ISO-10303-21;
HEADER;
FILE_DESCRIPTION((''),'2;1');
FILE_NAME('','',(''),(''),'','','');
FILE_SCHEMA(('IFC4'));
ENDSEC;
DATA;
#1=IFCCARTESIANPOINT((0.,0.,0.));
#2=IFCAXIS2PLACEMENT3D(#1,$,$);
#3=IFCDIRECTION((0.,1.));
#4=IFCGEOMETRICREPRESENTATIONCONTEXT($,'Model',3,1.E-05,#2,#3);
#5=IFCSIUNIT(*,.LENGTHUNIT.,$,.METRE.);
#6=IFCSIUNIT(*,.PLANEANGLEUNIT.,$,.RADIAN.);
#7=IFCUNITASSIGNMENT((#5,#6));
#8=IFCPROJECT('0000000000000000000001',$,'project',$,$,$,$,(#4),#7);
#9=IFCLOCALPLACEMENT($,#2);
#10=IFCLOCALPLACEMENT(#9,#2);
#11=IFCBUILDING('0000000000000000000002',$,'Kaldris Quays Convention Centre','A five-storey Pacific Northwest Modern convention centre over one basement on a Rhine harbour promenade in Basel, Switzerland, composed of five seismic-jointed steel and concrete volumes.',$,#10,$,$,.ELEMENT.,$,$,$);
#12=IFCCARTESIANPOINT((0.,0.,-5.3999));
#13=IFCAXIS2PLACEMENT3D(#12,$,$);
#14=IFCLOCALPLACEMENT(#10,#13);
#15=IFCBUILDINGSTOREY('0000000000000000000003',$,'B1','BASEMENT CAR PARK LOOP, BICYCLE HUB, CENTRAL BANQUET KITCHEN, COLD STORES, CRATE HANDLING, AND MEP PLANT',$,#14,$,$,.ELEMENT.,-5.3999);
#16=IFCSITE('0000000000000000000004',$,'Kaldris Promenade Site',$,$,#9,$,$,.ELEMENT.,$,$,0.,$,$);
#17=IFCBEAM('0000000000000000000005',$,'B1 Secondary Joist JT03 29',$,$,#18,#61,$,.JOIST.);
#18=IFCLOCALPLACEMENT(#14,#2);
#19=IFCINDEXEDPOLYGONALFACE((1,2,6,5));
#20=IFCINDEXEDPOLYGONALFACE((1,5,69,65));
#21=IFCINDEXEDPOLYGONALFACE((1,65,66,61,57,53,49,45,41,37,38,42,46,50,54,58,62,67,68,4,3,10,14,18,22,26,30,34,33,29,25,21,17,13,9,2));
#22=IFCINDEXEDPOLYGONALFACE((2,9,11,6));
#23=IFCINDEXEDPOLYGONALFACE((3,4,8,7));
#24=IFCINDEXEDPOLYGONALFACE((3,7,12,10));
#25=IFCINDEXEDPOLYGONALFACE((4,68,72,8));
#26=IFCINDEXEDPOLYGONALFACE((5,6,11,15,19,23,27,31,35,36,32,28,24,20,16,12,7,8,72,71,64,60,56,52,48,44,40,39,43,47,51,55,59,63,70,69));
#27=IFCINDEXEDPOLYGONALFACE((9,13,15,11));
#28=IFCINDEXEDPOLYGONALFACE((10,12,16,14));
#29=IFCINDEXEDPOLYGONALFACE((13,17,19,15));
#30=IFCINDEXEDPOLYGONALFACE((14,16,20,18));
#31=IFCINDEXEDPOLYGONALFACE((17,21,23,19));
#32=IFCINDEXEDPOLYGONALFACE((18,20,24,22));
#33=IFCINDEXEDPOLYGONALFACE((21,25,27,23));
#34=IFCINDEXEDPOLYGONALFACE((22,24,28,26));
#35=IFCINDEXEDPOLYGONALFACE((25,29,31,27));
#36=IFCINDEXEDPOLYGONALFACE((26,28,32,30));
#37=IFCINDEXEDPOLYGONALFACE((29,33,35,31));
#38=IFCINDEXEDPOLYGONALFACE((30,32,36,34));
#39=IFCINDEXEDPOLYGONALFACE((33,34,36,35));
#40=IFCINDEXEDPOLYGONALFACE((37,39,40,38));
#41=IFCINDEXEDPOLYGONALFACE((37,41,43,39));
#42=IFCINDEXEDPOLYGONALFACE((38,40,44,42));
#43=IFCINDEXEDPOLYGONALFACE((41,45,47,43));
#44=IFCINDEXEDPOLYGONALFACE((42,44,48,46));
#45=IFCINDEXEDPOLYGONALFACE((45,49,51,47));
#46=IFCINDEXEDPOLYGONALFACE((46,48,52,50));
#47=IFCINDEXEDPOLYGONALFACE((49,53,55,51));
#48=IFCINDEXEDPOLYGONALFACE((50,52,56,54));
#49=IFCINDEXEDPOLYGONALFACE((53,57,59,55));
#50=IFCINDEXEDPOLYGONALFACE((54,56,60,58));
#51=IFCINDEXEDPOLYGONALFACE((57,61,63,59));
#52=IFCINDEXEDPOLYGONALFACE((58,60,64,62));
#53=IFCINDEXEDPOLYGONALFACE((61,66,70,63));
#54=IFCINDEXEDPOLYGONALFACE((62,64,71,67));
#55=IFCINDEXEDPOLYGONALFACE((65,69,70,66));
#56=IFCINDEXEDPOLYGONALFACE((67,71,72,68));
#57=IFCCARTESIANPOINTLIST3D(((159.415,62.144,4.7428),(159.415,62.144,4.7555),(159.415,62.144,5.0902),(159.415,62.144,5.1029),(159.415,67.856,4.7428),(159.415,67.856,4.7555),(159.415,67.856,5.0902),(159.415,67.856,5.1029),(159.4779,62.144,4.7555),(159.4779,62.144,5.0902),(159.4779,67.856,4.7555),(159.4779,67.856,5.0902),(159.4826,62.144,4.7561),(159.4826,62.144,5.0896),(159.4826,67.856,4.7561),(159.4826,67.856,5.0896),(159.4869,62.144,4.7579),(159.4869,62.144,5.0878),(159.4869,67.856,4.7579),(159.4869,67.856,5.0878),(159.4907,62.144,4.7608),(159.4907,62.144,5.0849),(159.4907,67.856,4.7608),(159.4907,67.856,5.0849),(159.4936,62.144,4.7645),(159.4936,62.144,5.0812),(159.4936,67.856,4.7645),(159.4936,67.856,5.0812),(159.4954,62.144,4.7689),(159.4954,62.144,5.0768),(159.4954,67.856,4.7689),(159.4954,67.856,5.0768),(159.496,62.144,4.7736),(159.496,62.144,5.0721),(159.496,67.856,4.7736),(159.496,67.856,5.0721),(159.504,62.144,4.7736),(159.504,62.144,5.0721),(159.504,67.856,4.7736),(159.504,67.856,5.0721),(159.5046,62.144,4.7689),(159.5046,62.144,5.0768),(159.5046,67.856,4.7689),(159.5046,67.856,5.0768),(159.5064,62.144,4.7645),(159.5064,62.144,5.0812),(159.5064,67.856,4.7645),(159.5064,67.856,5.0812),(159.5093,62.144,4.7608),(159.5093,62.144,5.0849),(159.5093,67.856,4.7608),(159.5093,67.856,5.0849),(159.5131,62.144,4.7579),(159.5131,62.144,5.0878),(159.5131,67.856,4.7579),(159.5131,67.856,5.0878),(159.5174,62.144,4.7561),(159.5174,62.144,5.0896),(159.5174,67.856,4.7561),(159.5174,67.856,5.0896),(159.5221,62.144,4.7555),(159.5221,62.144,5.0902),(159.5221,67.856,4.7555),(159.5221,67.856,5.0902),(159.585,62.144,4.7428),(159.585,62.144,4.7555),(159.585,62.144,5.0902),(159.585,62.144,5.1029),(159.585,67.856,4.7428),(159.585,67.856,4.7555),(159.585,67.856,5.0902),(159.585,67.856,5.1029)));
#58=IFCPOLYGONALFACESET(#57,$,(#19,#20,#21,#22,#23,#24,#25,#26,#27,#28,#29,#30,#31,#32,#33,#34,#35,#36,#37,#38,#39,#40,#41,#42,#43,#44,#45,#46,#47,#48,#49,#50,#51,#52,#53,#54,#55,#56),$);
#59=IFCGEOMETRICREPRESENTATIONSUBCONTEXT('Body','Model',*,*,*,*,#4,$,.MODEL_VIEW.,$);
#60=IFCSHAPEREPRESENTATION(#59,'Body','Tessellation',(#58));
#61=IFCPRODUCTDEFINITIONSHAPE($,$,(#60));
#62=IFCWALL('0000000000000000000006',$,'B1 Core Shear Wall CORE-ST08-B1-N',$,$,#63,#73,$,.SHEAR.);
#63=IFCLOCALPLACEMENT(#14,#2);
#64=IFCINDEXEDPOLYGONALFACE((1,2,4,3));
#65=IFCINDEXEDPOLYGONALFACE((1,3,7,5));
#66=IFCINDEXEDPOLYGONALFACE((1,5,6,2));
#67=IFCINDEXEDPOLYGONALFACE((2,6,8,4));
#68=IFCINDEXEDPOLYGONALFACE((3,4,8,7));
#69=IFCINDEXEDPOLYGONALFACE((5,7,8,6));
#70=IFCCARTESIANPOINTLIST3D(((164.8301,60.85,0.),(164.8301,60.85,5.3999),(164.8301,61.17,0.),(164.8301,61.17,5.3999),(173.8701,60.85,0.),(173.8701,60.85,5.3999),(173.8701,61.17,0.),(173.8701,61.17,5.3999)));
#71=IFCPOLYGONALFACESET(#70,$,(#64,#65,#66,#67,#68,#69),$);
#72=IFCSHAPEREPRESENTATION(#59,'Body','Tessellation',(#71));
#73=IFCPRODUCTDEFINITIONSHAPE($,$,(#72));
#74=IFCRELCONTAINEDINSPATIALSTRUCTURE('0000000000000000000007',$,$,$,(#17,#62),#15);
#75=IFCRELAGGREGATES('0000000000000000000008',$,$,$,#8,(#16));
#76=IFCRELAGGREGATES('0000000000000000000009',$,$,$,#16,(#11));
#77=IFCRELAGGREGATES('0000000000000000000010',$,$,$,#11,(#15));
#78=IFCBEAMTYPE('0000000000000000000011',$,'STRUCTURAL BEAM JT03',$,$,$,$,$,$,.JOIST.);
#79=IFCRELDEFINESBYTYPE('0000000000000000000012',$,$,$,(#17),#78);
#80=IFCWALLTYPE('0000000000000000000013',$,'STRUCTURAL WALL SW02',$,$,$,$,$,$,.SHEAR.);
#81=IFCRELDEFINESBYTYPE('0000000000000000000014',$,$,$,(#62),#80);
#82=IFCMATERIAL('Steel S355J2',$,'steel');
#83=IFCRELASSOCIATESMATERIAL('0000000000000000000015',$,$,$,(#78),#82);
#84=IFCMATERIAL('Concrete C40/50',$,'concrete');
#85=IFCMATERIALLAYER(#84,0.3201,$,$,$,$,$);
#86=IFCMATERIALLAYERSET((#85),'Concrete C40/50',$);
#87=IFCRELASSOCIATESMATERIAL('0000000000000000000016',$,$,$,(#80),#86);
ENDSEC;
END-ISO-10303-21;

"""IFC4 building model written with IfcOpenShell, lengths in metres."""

from ifc_helpers import new_model, si_unit, direction, frame, frame_2d, origin, origin_2d, place, context, subcontext, project, spatial, rectangle, i_section, extrude, material, layer, layer_set, material_profile, profile_set, type_object, element, save


model = new_model("IFC4")

# Units and contexts
model_context = context("Model", 3, precision=1e-05, world=origin(), true_north=direction((0.0, 1.0)))
body_context = subcontext(model_context, "Body", "Model", "MODEL_VIEW")
ifc_project = project(units=[si_unit("LENGTHUNIT", "METRE"), si_unit("PLANEANGLEUNIT", "RADIAN")], contexts=[model_context])

# Site, building, storey
site_placement = place(None, origin())
site = spatial("IfcSite", under=ifc_project, at=site_placement, Name="Kaldris Promenade Site", CompositionType="ELEMENT", RefElevation=0.0)
building_placement = place(site_placement, origin())
building = spatial("IfcBuilding", under=site, at=building_placement, Name="Kaldris Quays Convention Centre", Description="A five-storey Pacific Northwest Modern convention centre over one basement on a Rhine harbour promenade in Basel, Switzerland, composed of five seismic-jointed steel and concrete volumes.", CompositionType="ELEMENT")
storey_placement = place(building_placement, frame((0.0, 0.0, -5.3999)))
storey = spatial("IfcBuildingStorey", under=building, at=storey_placement, Name="B1", Description="BASEMENT CAR PARK LOOP, BICYCLE HUB, CENTRAL BANQUET KITCHEN, COLD STORES, CRATE HANDLING, AND MEP PLANT", CompositionType="ELEMENT", Elevation=-5.3999)

# Shared definitions
ifc_material_1 = material(Name="Steel S355J2", Category="steel")

# Beam
ifc_material_profile_1 = material_profile(ifc_material_1, i_section(OverallWidth=0.1699, OverallDepth=0.3601, WebThickness=0.0081, FlangeThickness=0.0127, FilletRadius=0.0181, at=origin_2d()), Name="IPE 360")
ifc_profile_set_1 = profile_set([ifc_material_profile_1], Name="Steel S355J2")
beam_type_1 = type_object("IfcBeamType", Name="STRUCTURAL BEAM JT03", PredefinedType="JOIST", material=ifc_profile_set_1)
beam_1_placement = place(storey_placement, frame((159.5, 62.144, 4.9229), z_axis=(0.0, 1.0, 0.0), x_axis=(-1.0, 0.0, 0.0)))
element("IfcBeam", 1, at=beam_1_placement, inside=storey, type_object=beam_type_1, Name="B1 Secondary Joist JT03 29", PredefinedType="JOIST", context=body_context, shape_type="SweptSolid", body=[
    extrude(i_section(OverallWidth=0.1699, OverallDepth=0.3601, WebThickness=0.0081, FlangeThickness=0.0127, FilletRadius=0.0181, at=origin_2d()), origin(), (0.0, 0.0, 1.0), 5.7119),
])

# Wall
ifc_material_2 = material(Name="Concrete C40/50", Category="concrete")
ifc_layer = layer(ifc_material_2, 0.3201)
ifc_layer_set = layer_set([ifc_layer], Name="Concrete C40/50")
wall_type = type_object("IfcWallType", Name="STRUCTURAL WALL SW02", PredefinedType="SHEAR", material=ifc_layer_set)
wall_placement = place(storey_placement, frame((164.8301, 61.01, 0.0), z_axis=(0.0, 0.0, 1.0), x_axis=(1.0, 0.0, 0.0)))
element("IfcWall", 2, at=wall_placement, inside=storey, type_object=wall_type, Name="B1 Core Shear Wall CORE-ST08-B1-N", PredefinedType="SHEAR", context=body_context, shape_type="SweptSolid", body=[
    extrude(rectangle(XDim=9.04, YDim=0.3201, at=frame_2d((4.52, 0.0))), origin(), (0.0, 0.0, 1.0), 5.3999),
])

save(model, "model.ifc")
